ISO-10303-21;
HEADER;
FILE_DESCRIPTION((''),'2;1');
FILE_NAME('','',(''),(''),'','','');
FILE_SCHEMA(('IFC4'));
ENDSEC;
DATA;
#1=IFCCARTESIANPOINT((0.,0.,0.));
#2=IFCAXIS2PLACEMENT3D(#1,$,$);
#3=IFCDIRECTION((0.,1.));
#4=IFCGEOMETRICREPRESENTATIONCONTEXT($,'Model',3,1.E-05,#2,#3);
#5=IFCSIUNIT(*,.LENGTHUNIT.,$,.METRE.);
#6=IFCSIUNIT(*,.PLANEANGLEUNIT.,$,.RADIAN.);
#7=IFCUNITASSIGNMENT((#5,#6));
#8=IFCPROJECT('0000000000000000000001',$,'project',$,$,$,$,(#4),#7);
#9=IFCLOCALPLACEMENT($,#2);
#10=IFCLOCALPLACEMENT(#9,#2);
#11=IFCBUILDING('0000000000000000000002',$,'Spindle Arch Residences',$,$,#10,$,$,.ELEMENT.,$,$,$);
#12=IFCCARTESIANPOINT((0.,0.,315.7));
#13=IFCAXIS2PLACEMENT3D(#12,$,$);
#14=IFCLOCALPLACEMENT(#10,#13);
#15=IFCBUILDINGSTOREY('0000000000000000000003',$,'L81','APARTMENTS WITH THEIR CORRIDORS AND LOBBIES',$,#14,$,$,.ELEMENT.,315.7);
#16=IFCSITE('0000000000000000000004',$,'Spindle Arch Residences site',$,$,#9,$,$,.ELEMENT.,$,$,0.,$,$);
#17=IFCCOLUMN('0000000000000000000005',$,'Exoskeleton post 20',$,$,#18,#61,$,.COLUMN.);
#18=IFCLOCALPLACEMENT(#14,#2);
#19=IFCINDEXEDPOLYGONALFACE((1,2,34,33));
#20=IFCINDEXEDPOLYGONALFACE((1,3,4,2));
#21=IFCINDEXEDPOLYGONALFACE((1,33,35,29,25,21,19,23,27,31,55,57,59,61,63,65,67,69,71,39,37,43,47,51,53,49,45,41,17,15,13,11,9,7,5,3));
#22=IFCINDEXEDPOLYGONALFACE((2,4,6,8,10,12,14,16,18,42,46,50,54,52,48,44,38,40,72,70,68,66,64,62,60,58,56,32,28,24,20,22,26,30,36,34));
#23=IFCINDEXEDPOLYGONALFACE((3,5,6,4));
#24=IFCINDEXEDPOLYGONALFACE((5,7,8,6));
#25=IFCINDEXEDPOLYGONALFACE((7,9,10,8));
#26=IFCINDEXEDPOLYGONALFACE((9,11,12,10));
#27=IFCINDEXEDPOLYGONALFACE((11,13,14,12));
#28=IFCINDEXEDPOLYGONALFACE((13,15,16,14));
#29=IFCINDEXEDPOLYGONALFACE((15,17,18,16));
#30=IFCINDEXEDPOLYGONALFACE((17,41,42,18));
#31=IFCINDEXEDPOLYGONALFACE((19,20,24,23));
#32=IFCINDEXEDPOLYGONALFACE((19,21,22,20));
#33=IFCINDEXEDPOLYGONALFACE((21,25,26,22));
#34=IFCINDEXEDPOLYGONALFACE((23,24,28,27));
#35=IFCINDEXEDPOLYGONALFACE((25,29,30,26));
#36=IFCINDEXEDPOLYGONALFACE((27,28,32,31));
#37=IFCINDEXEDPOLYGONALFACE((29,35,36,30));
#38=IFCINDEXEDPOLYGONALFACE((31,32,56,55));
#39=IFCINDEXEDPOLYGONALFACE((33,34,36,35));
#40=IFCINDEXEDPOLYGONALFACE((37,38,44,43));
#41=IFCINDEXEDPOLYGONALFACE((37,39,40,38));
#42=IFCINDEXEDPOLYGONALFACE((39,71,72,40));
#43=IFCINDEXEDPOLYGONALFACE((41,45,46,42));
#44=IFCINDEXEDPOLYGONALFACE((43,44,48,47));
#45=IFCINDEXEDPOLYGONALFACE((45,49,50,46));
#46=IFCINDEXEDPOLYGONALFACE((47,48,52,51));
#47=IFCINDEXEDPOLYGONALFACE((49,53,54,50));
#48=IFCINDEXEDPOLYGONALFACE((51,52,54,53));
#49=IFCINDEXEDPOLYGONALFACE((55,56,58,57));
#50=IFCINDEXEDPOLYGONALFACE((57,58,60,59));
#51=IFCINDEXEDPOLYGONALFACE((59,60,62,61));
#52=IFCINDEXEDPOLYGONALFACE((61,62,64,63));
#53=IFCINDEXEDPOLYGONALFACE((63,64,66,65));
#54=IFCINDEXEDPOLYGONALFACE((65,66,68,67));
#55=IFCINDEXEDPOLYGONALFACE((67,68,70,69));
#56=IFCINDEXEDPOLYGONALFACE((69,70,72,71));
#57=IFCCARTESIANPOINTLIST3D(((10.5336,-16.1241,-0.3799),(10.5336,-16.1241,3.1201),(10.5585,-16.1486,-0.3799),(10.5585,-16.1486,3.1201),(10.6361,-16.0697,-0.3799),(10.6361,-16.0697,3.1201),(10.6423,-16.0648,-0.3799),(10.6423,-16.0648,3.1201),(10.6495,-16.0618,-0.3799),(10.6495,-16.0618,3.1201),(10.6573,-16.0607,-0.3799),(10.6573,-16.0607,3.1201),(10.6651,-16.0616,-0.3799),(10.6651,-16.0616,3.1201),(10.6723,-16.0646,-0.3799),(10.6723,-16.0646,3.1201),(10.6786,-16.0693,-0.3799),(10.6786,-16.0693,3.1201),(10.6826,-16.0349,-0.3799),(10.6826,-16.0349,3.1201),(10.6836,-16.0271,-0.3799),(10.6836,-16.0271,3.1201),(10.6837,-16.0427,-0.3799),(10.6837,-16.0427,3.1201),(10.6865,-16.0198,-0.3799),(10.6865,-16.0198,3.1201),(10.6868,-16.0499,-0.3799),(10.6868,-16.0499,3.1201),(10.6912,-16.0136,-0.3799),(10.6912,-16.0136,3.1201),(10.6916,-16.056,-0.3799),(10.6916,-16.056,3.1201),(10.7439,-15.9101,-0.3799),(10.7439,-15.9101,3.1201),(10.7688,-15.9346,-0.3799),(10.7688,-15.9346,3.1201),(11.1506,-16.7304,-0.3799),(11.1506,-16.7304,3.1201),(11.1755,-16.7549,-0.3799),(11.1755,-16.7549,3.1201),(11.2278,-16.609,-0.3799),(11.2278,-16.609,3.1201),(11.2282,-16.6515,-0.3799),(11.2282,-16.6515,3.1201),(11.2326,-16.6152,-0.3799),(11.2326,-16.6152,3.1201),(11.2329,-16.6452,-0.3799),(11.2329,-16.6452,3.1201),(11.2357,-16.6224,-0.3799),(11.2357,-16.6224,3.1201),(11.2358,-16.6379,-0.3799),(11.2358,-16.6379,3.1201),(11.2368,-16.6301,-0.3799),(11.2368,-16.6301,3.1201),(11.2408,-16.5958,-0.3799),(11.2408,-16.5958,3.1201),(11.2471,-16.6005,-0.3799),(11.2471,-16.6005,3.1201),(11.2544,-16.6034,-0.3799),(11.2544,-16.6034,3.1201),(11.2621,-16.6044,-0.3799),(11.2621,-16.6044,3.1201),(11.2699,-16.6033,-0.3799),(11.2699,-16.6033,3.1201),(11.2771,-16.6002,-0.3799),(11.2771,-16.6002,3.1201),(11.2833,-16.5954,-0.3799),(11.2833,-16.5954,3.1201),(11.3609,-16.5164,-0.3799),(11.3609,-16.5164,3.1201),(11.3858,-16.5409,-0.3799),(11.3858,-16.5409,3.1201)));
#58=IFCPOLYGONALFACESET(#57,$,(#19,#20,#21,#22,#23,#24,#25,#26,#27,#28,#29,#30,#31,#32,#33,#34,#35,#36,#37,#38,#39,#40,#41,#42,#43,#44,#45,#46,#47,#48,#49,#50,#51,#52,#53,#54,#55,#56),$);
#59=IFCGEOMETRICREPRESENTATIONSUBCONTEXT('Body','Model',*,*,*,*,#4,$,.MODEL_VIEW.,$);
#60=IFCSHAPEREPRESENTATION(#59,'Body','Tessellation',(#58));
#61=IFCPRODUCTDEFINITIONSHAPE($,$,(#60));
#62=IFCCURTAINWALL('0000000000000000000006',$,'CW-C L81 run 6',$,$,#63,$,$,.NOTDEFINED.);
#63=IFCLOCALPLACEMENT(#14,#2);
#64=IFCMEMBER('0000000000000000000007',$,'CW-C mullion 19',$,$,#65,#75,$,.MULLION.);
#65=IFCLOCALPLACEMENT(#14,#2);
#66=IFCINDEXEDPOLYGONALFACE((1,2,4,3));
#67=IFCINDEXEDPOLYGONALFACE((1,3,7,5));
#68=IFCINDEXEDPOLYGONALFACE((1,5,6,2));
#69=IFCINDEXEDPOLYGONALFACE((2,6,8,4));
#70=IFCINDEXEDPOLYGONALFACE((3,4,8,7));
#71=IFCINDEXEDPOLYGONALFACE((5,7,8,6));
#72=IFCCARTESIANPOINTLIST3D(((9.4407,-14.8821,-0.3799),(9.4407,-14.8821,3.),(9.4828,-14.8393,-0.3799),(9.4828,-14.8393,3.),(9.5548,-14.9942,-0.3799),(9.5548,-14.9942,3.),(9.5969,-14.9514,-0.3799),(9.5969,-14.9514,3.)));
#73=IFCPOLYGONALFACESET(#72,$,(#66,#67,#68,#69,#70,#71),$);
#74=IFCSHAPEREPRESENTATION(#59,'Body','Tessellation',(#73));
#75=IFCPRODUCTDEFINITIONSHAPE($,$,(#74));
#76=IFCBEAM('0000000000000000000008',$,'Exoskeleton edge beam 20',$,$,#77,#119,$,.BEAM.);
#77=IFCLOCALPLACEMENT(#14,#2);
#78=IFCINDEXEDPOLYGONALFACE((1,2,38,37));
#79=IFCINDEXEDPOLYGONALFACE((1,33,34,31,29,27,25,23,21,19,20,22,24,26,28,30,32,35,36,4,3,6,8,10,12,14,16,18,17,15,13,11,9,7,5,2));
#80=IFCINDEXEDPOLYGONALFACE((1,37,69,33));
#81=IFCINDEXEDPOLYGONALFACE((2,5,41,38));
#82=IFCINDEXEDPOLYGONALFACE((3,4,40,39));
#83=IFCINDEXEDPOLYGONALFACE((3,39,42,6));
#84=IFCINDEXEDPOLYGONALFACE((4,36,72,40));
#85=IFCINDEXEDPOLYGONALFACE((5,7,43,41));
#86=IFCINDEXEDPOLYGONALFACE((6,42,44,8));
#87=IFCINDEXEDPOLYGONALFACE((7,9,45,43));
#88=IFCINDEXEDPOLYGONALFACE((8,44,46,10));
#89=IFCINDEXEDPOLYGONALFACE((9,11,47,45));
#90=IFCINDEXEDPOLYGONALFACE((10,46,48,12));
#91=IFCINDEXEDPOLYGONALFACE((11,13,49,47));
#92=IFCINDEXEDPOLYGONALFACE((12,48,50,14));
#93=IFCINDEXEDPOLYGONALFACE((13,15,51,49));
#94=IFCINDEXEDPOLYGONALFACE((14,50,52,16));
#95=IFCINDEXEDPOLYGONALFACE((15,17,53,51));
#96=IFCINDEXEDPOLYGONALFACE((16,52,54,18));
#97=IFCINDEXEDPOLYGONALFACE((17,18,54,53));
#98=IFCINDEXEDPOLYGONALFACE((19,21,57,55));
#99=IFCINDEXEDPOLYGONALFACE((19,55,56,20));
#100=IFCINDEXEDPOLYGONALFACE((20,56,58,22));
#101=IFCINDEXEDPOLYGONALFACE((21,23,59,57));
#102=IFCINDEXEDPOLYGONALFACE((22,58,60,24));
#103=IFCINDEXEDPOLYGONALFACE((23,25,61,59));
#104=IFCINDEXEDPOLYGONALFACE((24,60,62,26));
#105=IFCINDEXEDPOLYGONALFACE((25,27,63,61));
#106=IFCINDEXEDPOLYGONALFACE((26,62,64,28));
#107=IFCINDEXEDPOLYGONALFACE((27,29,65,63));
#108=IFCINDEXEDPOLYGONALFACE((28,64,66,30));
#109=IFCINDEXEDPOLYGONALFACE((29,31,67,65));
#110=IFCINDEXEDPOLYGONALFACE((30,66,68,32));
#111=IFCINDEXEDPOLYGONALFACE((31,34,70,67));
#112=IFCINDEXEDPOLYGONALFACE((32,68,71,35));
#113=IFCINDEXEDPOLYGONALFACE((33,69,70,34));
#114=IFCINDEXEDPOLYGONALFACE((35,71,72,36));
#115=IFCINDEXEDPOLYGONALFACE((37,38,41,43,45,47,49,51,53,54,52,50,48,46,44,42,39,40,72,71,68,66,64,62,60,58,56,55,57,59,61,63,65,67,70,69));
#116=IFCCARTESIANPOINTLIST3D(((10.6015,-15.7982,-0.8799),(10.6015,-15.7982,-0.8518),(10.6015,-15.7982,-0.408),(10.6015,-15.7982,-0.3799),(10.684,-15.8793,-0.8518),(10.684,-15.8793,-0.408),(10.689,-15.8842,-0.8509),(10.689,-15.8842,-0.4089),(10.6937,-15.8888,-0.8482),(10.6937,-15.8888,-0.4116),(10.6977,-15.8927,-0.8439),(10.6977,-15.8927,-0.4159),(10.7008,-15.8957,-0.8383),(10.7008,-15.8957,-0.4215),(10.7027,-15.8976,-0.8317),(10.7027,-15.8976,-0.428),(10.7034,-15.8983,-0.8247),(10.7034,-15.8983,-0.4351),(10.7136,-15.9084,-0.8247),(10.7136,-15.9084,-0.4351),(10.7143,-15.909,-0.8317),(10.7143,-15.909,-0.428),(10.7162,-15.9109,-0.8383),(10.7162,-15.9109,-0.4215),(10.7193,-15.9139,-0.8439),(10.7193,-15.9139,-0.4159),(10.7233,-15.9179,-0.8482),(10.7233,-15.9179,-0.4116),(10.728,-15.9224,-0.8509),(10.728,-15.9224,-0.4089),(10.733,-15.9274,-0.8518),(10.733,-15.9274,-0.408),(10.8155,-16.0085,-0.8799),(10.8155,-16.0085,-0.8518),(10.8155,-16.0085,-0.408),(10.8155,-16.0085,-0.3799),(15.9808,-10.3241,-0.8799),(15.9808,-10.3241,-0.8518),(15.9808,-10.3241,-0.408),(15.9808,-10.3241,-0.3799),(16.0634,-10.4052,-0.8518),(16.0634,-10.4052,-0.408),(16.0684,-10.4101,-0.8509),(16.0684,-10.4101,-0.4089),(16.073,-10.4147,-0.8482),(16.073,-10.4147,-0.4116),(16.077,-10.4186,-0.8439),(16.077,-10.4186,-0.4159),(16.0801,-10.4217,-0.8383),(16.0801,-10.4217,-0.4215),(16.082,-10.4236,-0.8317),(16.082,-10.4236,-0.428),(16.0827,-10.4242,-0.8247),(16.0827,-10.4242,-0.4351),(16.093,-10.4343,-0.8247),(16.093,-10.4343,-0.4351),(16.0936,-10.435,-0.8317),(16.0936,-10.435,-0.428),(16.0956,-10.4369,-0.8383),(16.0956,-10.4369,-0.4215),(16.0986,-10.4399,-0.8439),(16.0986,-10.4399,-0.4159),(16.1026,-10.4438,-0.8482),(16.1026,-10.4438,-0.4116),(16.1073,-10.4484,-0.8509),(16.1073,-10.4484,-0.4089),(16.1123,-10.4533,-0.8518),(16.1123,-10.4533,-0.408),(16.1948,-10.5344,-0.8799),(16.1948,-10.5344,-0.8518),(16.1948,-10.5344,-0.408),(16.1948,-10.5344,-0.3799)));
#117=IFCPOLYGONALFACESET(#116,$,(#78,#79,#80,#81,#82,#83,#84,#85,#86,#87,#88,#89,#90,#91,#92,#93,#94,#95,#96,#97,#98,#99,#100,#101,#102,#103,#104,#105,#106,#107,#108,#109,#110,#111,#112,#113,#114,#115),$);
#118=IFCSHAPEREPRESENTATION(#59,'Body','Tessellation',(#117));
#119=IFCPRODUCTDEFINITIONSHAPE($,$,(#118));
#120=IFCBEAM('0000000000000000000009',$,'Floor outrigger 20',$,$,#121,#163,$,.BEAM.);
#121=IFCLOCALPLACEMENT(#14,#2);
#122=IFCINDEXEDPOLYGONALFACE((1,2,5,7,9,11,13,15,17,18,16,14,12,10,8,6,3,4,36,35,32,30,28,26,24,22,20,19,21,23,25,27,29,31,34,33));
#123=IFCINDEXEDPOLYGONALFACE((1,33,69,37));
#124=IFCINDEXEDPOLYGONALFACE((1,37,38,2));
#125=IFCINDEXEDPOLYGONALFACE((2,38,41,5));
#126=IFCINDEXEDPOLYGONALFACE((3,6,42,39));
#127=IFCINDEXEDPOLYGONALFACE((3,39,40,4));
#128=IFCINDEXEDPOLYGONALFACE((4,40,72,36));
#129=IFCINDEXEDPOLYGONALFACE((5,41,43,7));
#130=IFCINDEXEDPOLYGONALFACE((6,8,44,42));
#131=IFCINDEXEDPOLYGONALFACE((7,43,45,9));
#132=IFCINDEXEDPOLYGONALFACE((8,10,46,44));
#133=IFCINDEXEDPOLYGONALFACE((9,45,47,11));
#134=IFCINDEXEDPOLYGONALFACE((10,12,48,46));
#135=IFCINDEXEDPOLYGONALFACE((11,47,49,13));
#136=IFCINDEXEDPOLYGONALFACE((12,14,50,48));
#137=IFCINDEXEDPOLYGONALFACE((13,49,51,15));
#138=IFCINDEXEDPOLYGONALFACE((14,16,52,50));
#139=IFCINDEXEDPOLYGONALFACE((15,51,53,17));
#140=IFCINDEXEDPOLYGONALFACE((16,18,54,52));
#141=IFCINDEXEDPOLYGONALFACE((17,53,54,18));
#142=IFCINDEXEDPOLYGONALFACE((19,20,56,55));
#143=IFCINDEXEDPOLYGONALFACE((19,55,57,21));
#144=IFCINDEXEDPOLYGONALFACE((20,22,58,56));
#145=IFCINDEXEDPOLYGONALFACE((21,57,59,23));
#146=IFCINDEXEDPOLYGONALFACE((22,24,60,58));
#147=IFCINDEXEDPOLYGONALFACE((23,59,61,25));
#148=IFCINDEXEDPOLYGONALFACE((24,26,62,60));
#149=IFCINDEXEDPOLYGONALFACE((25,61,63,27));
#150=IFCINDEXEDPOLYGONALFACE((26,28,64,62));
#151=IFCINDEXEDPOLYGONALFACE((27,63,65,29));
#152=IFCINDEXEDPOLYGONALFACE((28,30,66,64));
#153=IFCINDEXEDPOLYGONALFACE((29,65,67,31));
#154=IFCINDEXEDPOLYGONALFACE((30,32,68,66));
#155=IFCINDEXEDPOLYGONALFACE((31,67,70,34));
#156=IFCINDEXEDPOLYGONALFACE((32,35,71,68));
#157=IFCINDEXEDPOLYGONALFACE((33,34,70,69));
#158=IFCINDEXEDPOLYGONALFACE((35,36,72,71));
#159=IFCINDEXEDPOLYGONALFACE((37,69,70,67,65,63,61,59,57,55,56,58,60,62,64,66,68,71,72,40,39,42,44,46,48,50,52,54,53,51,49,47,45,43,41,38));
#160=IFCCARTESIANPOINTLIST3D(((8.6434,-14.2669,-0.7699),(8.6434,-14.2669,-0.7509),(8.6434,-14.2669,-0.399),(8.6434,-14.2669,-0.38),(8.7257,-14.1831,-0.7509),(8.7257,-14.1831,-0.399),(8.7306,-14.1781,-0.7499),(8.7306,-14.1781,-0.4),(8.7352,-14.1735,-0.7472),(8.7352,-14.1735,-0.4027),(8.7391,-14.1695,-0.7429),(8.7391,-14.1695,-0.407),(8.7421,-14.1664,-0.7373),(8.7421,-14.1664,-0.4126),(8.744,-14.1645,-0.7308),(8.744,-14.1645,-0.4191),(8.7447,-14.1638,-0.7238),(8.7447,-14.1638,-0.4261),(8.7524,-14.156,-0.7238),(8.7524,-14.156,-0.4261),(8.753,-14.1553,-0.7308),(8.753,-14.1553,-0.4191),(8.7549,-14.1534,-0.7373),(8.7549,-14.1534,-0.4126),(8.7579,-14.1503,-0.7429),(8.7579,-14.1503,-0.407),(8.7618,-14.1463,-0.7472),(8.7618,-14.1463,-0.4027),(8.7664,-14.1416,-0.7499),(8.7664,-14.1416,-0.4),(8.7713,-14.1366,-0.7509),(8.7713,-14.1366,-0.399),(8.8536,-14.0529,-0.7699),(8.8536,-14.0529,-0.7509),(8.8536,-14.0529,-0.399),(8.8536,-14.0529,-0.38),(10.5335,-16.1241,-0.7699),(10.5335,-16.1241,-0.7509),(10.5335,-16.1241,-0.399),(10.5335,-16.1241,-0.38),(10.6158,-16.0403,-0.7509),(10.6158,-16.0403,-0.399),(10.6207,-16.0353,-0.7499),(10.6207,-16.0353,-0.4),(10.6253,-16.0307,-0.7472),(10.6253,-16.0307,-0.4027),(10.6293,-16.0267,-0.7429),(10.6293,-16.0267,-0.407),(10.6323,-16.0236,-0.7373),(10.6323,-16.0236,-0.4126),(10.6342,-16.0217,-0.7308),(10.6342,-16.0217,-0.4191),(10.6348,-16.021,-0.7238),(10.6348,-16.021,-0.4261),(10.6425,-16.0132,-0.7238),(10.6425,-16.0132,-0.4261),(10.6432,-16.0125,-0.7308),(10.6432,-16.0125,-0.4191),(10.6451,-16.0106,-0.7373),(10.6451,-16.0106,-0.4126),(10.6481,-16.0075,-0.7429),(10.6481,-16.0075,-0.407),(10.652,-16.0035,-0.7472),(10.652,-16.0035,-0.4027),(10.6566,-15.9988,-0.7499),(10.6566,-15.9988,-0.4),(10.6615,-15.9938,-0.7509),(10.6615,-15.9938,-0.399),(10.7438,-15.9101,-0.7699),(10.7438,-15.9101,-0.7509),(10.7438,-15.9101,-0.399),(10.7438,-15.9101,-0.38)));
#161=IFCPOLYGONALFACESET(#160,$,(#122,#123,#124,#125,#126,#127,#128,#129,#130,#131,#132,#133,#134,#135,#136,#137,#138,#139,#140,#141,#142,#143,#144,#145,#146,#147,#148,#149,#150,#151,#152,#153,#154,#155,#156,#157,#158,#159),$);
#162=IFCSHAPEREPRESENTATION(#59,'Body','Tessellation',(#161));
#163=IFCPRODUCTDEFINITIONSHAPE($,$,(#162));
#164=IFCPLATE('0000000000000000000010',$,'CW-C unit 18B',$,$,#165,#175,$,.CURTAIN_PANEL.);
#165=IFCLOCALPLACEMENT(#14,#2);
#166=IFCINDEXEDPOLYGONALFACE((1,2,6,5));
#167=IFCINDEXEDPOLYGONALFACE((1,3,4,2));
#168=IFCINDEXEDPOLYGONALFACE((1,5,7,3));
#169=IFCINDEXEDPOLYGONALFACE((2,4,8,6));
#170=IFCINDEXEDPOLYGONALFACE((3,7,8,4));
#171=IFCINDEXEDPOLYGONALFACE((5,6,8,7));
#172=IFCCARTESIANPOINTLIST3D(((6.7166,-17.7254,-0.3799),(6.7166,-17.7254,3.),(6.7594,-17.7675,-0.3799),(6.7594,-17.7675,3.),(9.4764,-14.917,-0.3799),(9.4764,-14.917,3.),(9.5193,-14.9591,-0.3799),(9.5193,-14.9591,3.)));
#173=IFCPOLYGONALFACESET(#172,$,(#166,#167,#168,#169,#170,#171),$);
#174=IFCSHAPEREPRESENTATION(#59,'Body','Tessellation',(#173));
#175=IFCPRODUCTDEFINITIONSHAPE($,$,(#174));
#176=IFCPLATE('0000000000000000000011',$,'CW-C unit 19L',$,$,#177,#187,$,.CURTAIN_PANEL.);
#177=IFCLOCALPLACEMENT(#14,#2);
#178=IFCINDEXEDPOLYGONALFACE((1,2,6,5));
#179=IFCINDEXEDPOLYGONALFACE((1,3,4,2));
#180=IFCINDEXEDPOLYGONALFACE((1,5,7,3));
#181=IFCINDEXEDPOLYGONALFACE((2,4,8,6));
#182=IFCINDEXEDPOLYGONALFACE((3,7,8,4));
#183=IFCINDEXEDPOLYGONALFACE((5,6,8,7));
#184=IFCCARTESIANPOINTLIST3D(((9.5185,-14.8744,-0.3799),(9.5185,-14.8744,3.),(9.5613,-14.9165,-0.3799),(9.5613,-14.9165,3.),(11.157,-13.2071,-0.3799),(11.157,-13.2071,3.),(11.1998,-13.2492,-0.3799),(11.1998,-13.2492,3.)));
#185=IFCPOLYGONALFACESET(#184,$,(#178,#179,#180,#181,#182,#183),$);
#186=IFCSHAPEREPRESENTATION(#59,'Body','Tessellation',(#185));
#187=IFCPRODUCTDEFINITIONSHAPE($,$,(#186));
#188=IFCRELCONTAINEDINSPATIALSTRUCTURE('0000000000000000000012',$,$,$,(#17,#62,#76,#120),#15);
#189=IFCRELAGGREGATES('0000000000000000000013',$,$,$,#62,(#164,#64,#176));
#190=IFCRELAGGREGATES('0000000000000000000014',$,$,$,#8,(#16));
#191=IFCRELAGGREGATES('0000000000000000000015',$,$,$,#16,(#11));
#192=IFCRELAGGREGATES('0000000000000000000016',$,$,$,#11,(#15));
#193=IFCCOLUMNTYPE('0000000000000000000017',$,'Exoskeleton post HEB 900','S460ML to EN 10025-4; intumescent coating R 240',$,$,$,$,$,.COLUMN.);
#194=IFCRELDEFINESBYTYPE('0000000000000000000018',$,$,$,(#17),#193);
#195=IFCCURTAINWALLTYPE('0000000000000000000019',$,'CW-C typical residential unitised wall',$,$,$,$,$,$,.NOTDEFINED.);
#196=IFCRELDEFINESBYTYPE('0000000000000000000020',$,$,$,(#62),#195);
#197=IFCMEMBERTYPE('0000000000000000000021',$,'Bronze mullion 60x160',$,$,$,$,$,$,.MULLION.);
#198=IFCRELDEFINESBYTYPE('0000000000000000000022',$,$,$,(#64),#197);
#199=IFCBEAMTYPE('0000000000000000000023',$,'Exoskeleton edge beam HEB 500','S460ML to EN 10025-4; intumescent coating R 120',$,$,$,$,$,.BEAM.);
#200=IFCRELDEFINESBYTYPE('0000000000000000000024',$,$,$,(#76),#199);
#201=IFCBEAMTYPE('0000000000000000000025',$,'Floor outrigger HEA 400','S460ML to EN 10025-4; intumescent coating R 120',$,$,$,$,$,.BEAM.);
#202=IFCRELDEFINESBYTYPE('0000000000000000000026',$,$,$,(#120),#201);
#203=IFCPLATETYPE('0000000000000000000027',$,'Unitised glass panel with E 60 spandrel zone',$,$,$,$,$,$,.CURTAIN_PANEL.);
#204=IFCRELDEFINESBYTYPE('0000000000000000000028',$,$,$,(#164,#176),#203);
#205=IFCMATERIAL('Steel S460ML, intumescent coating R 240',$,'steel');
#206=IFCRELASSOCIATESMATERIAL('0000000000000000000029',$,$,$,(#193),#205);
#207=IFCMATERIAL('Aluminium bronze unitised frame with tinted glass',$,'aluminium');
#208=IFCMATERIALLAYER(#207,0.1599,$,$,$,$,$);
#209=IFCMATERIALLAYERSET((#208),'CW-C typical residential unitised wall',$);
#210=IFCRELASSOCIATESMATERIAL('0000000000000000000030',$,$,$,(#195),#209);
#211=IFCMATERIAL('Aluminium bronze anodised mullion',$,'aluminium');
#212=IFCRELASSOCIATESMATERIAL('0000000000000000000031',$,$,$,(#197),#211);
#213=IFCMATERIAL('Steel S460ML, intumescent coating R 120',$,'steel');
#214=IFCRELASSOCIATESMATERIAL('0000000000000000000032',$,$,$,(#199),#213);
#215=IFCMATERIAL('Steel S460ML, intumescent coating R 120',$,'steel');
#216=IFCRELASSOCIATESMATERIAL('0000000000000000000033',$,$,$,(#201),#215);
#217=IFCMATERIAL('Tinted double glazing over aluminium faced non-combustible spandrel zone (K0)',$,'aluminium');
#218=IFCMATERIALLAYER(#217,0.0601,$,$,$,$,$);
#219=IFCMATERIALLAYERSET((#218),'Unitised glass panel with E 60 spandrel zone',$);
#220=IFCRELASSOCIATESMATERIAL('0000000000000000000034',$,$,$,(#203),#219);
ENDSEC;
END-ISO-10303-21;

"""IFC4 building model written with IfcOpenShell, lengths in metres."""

from ifc_helpers import new_model, si_unit, direction, frame, origin, origin_2d, place, context, subcontext, project, spatial, rectangle, i_section, extrude, material, layer, layer_set, material_profile, profile_set, type_object, element, aggregate, save


model = new_model("IFC4")

# Units and contexts
model_context = context("Model", 3, precision=1e-05, world=origin(), true_north=direction((0.0, 1.0)))
body_context = subcontext(model_context, "Body", "Model", "MODEL_VIEW")
ifc_project = project(units=[si_unit("LENGTHUNIT", "METRE"), si_unit("PLANEANGLEUNIT", "RADIAN")], contexts=[model_context])

# Site, building, storey
site_placement = place(None, origin())
site = spatial("IfcSite", under=ifc_project, at=site_placement, Name="Spindle Arch Residences site", CompositionType="ELEMENT", RefElevation=0.0)
building_placement = place(site_placement, origin())
building = spatial("IfcBuilding", under=site, at=building_placement, Name="Spindle Arch Residences", CompositionType="ELEMENT")
storey_placement = place(building_placement, frame((0.0, 0.0, 315.7)))
storey = spatial("IfcBuildingStorey", under=building, at=storey_placement, Name="L81", Description="APARTMENTS WITH THEIR CORRIDORS AND LOBBIES", CompositionType="ELEMENT", Elevation=315.7)

# Column
ifc_material_1 = material(Name="Steel S460ML, intumescent coating R 240", Category="steel")
ifc_material_profile_1 = material_profile(ifc_material_1, i_section(OverallWidth=0.3, OverallDepth=0.8999, WebThickness=0.0186, FlangeThickness=0.0349, FilletRadius=0.03, at=origin_2d()), Name="HEB 900")
ifc_profile_set_1 = profile_set([ifc_material_profile_1], Name="Steel S460ML, intumescent coating R 240")
column_type = type_object("IfcColumnType", Name="Exoskeleton post HEB 900", Description="S460ML to EN 10025-4; intumescent coating R 240", PredefinedType="COLUMN", material=ifc_profile_set_1)
column_placement = place(storey_placement, frame((10.9597, -16.3325, -0.3799), z_axis=(0.0, 0.0, 1.0), x_axis=(-0.700909, -0.71325, 0.0)))
element("IfcColumn", 1, at=column_placement, inside=storey, type_object=column_type, Name="Exoskeleton post 20", PredefinedType="COLUMN", context=body_context, shape_type="SweptSolid", body=[
    extrude(i_section(OverallWidth=0.3, OverallDepth=0.8999, WebThickness=0.0186, FlangeThickness=0.0349, FilletRadius=0.03, at=origin_2d()), origin(), (0.0, 0.0, 1.0), 3.5),
])

# Curtain wall, member
ifc_material_2 = material(Name="Aluminium bronze unitised frame with tinted glass", Category="aluminium")
ifc_layer_1 = layer(ifc_material_2, 0.1599)
ifc_layer_set_1 = layer_set([ifc_layer_1], Name="CW-C typical residential unitised wall")
curtain_wall_type = type_object("IfcCurtainWallType", Name="CW-C typical residential unitised wall", PredefinedType="NOTDEFINED", material=ifc_layer_set_1)
curtain_wall_placement = place(storey_placement, origin())
curtain_wall = element("IfcCurtainWall", 2, at=curtain_wall_placement, inside=storey, type_object=curtain_wall_type, Name="CW-C L81 run 6", PredefinedType="NOTDEFINED")
ifc_material_3 = material(Name="Aluminium bronze anodised mullion", Category="aluminium")
ifc_material_profile_2 = material_profile(ifc_material_3, rectangle(XDim=0.1599, YDim=0.0601, at=origin_2d()), Name="MU 60x160")
ifc_profile_set_2 = profile_set([ifc_material_profile_2], Name="Aluminium bronze anodised mullion")
member_type = type_object("IfcMemberType", Name="Bronze mullion 60x160", PredefinedType="MULLION", material=ifc_profile_set_2)
member_placement = place(storey_placement, frame((9.5188, -14.9167, -0.3799), z_axis=(0.0, 0.0, 1.0), x_axis=(-0.71325, 0.700909, 0.0)))
member = element("IfcMember", 3, at=member_placement, type_object=member_type, Name="CW-C mullion 19", PredefinedType="MULLION", context=body_context, shape_type="SweptSolid", body=[
    extrude(rectangle(XDim=0.1599, YDim=0.0601, at=origin_2d()), origin(), (0.0, 0.0, 1.0), 3.3799),
])

# Beams
ifc_material_4 = material(Name="Steel S460ML, intumescent coating R 120", Category="steel")
ifc_material_profile_3 = material_profile(ifc_material_4, i_section(OverallWidth=0.3, OverallDepth=0.5, WebThickness=0.0144, FlangeThickness=0.0281, FilletRadius=0.0271, at=origin_2d()), Name="HEB 500")
ifc_profile_set_3 = profile_set([ifc_material_profile_3], Name="Steel S460ML, intumescent coating R 120")
beam_type_1 = type_object("IfcBeamType", Name="Exoskeleton edge beam HEB 500", Description="S460ML to EN 10025-4; intumescent coating R 120", PredefinedType="BEAM", material=ifc_profile_set_3)
beam_1_placement = place(storey_placement, frame((10.7085, -15.9033, -0.6299), z_axis=(0.700909, 0.713251, 0.0), x_axis=(-0.713251, 0.700909, 0.0)))
element("IfcBeam", 4, at=beam_1_placement, inside=storey, type_object=beam_type_1, Name="Exoskeleton edge beam 20", PredefinedType="BEAM", context=body_context, shape_type="SweptSolid", body=[
    extrude(i_section(OverallWidth=0.3, OverallDepth=0.5, WebThickness=0.0144, FlangeThickness=0.0281, FilletRadius=0.0271, at=origin_2d()), origin(), (0.0, 0.0, 1.0), 7.6748),
])
ifc_material_5 = material(Name="Steel S460ML, intumescent coating R 120", Category="steel")
ifc_material_profile_4 = material_profile(ifc_material_5, i_section(OverallWidth=0.3, OverallDepth=0.3899, WebThickness=0.011, FlangeThickness=0.019, FilletRadius=0.0271, at=origin_2d()), Name="HEA 400")
ifc_profile_set_4 = profile_set([ifc_material_profile_4], Name="Steel S460ML, intumescent coating R 120")
beam_type_2 = type_object("IfcBeamType", Name="Floor outrigger HEA 400", Description="S460ML to EN 10025-4; intumescent coating R 120", PredefinedType="BEAM", material=ifc_profile_set_4)
beam_2_placement = place(storey_placement, frame((10.6387, -16.0171, -0.575), z_axis=(-0.713298, 0.70086, 0.0), x_axis=(-0.70086, -0.713298, 0.0)))
element("IfcBeam", 5, at=beam_2_placement, inside=storey, type_object=beam_type_2, Name="Floor outrigger 20", PredefinedType="BEAM", context=body_context, shape_type="SweptSolid", body=[
    extrude(i_section(OverallWidth=0.3, OverallDepth=0.3899, WebThickness=0.011, FlangeThickness=0.019, FilletRadius=0.0271, at=origin_2d()), origin(), (0.0, 0.0, 1.0), 2.6499),
])

# Plates
ifc_material_6 = material(Name="Tinted double glazing over aluminium faced non-combustible spandrel zone (K0)", Category="aluminium")
ifc_layer_2 = layer(ifc_material_6, 0.0601)
ifc_layer_set_2 = layer_set([ifc_layer_2], Name="Unitised glass panel with E 60 spandrel zone")
plate_type = type_object("IfcPlateType", Name="Unitised glass panel with E 60 spandrel zone", PredefinedType="CURTAIN_PANEL", material=ifc_layer_set_2)
plate_1_placement = place(storey_placement, frame((8.1179, -16.3423, -0.3799), z_axis=(0.0, 0.0, 1.0), x_axis=(0.700909, 0.71325, 0.0)))
plate_1 = element("IfcPlate", 6, at=plate_1_placement, type_object=plate_type, Name="CW-C unit 18B", PredefinedType="CURTAIN_PANEL", context=body_context, shape_type="SweptSolid", body=[
    extrude(rectangle(XDim=3.9375, YDim=0.0601, at=origin_2d()), origin(), (0.0, 0.0, 1.0), 3.3799),
])
plate_2_placement = place(storey_placement, frame((10.3591, -14.0618, -0.3799), z_axis=(0.0, 0.0, 1.0), x_axis=(0.700909, 0.71325, 0.0)))
plate_2 = element("IfcPlate", 7, at=plate_2_placement, type_object=plate_type, Name="CW-C unit 19L", PredefinedType="CURTAIN_PANEL", context=body_context, shape_type="SweptSolid", body=[
    extrude(rectangle(XDim=2.3376, YDim=0.0601, at=origin_2d()), origin(), (0.0, 0.0, 1.0), 3.3799),
])
aggregate(curtain_wall, [plate_1, member, plate_2])

save(model, "model.ifc")
